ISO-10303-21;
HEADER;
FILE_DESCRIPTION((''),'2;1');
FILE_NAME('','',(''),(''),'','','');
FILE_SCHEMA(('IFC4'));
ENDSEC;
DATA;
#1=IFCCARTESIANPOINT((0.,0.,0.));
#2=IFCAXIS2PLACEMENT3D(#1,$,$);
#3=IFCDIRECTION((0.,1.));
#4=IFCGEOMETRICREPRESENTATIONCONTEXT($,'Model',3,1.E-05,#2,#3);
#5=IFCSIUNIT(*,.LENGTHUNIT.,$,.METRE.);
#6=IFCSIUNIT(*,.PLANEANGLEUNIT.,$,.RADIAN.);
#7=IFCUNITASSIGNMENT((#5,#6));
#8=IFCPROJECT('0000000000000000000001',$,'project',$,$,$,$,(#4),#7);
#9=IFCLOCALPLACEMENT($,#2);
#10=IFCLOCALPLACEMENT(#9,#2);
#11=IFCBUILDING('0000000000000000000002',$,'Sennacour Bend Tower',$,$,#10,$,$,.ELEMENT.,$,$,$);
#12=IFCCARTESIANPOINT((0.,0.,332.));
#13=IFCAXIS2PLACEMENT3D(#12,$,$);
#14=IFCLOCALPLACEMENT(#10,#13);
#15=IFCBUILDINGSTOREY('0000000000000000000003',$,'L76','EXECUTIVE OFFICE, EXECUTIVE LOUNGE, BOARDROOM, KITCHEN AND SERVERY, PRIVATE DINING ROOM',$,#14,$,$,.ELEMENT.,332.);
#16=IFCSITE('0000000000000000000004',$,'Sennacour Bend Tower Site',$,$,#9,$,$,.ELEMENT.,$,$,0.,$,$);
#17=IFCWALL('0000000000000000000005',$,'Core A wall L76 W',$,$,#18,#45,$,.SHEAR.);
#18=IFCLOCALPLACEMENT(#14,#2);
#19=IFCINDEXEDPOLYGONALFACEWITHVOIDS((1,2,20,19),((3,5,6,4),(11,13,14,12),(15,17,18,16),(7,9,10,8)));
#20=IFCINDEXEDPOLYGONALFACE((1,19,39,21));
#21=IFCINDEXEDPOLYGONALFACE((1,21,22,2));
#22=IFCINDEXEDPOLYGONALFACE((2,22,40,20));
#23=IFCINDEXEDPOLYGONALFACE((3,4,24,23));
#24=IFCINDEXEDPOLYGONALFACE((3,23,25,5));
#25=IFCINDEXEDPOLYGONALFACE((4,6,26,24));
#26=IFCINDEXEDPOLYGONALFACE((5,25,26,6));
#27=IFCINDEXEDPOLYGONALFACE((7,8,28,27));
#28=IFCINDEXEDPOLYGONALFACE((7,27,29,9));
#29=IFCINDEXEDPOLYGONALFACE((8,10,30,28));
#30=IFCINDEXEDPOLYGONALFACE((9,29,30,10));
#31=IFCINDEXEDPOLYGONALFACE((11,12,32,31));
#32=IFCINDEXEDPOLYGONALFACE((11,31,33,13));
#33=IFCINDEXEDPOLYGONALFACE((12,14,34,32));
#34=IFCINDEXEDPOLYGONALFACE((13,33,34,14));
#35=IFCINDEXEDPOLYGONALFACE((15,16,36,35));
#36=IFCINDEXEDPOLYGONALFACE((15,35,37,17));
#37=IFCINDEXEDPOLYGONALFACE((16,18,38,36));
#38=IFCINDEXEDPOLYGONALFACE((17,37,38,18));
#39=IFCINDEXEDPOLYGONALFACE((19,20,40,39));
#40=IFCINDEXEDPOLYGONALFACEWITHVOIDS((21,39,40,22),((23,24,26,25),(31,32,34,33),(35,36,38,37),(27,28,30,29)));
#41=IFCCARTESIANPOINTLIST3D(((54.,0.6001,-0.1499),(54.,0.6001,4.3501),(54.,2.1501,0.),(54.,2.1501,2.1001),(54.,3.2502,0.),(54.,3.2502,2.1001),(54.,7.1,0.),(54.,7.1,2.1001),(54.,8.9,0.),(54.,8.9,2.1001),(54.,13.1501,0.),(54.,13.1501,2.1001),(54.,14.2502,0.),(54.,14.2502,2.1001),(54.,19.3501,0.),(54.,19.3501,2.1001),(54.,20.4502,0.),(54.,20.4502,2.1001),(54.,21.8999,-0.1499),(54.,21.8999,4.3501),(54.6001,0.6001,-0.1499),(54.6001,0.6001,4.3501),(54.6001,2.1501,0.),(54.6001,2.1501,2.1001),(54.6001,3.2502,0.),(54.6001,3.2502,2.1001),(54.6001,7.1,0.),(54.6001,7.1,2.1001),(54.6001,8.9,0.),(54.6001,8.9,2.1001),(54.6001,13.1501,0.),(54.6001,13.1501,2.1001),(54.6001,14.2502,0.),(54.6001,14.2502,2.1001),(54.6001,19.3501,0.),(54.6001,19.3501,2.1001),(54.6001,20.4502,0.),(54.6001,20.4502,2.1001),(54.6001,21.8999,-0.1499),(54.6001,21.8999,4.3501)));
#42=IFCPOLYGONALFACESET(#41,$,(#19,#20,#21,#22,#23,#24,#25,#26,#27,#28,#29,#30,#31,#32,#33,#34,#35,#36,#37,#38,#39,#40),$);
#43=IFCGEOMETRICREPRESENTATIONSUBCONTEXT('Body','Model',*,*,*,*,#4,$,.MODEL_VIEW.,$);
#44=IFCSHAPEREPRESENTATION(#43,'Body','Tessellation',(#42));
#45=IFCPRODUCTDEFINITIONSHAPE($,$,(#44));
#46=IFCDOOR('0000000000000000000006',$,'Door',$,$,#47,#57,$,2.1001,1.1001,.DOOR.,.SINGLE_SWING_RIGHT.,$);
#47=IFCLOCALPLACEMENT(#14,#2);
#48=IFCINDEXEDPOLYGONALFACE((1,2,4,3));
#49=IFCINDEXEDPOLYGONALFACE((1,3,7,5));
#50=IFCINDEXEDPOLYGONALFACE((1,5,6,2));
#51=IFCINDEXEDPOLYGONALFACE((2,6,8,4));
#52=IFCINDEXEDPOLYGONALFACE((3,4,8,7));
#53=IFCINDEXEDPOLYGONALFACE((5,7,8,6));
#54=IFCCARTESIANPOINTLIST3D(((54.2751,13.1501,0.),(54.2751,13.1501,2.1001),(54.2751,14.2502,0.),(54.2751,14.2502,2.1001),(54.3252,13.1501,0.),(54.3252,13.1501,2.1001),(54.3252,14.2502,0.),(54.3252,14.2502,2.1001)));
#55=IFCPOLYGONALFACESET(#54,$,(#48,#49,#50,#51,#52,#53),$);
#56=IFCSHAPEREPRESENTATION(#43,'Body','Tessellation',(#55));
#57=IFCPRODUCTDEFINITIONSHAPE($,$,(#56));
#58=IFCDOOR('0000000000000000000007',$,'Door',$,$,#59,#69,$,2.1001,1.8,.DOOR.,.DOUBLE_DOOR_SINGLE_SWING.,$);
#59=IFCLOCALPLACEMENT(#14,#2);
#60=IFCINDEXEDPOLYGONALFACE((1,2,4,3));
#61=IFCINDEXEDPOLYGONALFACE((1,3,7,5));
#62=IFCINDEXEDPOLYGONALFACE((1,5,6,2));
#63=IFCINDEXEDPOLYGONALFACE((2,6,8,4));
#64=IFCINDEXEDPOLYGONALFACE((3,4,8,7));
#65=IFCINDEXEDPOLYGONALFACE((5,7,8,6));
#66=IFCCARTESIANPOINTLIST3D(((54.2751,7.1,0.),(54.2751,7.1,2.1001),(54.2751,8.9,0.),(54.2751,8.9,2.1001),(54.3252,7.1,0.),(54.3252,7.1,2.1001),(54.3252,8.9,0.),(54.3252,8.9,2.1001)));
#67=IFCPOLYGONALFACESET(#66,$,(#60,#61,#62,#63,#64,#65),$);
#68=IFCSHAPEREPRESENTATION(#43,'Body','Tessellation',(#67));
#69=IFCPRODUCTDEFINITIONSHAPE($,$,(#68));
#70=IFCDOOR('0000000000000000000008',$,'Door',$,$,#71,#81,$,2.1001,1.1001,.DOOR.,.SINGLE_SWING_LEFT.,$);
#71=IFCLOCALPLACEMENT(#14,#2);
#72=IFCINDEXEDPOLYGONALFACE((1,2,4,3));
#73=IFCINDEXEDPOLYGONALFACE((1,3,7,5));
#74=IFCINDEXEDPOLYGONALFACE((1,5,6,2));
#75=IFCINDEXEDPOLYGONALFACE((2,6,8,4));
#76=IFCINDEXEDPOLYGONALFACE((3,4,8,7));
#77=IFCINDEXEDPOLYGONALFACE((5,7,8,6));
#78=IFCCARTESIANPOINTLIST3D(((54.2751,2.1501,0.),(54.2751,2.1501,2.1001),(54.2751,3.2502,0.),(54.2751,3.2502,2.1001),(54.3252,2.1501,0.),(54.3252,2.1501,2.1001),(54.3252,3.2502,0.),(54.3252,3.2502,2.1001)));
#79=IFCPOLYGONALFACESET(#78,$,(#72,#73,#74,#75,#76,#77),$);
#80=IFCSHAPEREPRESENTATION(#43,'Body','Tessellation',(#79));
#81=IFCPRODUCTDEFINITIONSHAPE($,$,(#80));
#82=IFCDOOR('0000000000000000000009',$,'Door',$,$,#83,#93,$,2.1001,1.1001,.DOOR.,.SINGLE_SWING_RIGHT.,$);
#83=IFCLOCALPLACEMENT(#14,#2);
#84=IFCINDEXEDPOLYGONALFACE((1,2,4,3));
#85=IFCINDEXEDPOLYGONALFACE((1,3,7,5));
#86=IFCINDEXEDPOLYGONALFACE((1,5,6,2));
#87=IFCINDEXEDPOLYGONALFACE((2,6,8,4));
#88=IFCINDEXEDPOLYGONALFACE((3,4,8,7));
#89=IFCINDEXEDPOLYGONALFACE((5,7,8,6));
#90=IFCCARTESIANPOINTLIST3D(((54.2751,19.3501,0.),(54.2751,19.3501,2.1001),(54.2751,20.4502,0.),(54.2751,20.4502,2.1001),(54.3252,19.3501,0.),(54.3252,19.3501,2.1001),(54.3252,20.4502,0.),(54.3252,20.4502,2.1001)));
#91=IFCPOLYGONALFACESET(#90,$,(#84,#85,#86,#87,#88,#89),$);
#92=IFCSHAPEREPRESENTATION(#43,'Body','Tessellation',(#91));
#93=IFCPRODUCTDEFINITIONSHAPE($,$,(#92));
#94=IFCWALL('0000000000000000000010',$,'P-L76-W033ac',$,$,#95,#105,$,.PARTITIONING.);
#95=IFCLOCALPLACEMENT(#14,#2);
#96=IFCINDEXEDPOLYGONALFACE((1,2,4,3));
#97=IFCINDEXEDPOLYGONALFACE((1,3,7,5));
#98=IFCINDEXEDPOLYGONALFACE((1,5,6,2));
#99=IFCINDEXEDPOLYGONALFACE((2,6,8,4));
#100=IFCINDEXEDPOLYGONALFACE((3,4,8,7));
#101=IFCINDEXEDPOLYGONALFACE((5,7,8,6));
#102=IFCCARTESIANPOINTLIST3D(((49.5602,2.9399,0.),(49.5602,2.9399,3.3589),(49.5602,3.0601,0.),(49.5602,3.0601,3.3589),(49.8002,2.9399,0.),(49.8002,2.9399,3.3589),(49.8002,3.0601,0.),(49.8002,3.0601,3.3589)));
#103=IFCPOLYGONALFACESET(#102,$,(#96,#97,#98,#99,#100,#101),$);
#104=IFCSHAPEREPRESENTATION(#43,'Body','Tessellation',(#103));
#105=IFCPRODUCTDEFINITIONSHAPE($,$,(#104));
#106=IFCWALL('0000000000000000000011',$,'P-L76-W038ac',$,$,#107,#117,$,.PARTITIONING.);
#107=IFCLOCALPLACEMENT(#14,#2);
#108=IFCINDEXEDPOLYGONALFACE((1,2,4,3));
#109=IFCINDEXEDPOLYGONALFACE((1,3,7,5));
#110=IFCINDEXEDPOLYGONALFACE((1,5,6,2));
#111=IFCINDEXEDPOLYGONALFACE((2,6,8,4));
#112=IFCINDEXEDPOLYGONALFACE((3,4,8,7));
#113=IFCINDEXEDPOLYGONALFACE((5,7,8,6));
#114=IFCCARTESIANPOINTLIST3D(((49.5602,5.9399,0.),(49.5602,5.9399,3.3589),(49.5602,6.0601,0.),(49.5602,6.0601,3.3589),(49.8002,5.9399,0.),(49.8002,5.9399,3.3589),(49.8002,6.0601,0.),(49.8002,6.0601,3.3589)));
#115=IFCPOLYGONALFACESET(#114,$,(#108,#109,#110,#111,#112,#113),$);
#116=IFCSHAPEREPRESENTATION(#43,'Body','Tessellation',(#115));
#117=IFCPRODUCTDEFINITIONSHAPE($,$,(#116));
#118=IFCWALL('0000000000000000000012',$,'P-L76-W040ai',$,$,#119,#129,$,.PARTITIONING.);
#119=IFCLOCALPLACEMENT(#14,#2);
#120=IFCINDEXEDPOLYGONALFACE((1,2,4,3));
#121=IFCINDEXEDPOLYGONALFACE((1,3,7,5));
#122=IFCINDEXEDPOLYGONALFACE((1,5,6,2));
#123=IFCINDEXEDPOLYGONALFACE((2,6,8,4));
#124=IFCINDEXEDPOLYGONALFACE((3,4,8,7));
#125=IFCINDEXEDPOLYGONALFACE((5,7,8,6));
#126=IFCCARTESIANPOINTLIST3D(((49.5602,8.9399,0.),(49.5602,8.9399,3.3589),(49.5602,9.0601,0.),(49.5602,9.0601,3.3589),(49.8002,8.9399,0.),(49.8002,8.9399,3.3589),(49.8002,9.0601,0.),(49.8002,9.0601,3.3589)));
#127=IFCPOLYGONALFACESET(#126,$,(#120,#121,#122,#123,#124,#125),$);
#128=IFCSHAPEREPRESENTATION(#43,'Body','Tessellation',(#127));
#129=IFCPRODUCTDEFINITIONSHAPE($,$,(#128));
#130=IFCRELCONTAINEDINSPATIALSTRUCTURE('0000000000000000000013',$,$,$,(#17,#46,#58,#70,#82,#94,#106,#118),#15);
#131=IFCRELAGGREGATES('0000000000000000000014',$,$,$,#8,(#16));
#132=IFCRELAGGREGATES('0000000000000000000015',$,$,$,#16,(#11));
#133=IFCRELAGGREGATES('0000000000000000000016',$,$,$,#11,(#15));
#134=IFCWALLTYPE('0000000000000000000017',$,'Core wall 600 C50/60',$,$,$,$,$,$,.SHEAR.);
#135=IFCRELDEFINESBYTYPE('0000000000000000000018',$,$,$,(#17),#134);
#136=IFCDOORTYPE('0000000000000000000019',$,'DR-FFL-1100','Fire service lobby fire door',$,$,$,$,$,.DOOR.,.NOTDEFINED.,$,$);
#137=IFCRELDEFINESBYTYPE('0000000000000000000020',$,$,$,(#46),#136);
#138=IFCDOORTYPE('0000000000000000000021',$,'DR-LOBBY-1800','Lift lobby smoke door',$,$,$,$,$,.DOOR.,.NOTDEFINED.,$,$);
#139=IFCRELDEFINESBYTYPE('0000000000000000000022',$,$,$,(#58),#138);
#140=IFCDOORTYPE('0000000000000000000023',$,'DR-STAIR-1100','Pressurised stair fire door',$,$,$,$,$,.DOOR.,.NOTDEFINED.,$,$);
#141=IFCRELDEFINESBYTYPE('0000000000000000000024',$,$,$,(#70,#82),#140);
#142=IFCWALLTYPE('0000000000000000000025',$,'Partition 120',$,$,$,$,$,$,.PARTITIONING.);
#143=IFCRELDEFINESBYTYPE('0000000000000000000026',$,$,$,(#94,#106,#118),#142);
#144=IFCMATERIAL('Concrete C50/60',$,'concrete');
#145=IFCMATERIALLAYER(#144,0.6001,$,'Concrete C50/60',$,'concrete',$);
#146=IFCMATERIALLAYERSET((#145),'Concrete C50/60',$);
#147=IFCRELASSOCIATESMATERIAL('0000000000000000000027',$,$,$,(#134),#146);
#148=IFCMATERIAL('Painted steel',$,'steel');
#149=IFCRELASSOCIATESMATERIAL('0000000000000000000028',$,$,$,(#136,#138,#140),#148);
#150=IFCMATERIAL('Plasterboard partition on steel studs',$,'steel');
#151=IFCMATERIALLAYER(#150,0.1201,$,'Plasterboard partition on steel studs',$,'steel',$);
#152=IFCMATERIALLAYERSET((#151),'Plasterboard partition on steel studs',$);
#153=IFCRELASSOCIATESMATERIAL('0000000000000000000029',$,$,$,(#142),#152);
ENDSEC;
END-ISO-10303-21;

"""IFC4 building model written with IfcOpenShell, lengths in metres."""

from ifc_helpers import new_model, si_unit, direction, frame, frame_2d, origin, place, context, subcontext, project, spatial, rectangle, extrude, material, layer, layer_set, type_object, element, fill, save


model = new_model("IFC4")

# Units and contexts
model_context = context("Model", 3, precision=1e-05, world=origin(), true_north=direction((0.0, 1.0)))
body_context = subcontext(model_context, "Body", "Model", "MODEL_VIEW")
ifc_project = project(units=[si_unit("LENGTHUNIT", "METRE"), si_unit("PLANEANGLEUNIT", "RADIAN")], contexts=[model_context])

# Site, building, storey
site_placement = place(None, origin())
site = spatial("IfcSite", under=ifc_project, at=site_placement, Name="Sennacour Bend Tower Site", CompositionType="ELEMENT", RefElevation=0.0)
building_placement = place(site_placement, origin())
building = spatial("IfcBuilding", under=site, at=building_placement, Name="Sennacour Bend Tower", CompositionType="ELEMENT")
storey_placement = place(building_placement, frame((0.0, 0.0, 332.0)))
storey = spatial("IfcBuildingStorey", under=building, at=storey_placement, Name="L76", Description="EXECUTIVE OFFICE, EXECUTIVE LOUNGE, BOARDROOM, KITCHEN AND SERVERY, PRIVATE DINING ROOM", CompositionType="ELEMENT", Elevation=332.0)

# Wall, openings, doors
ifc_material_1 = material(Name="Concrete C50/60", Category="concrete")
ifc_layer_1 = layer(ifc_material_1, 0.6001, Name="Concrete C50/60", Category="concrete")
ifc_layer_set_1 = layer_set([ifc_layer_1], Name="Concrete C50/60")
wall_type_1 = type_object("IfcWallType", Name="Core wall 600 C50/60", PredefinedType="SHEAR", material=ifc_layer_set_1)
wall_1_placement = place(storey_placement, frame((54.3, 0.6001, -0.1499), z_axis=(0.0, 0.0, 1.0), x_axis=(0.0, 1.0, 0.0)))
wall_1 = element("IfcWall", 1, at=wall_1_placement, inside=storey, type_object=wall_type_1, Name="Core A wall L76 W", PredefinedType="SHEAR", context=body_context, shape_type="SweptSolid", body=[
    extrude(rectangle(XDim=21.2998, YDim=0.6001, at=frame_2d((10.6499, 0.0))), origin(), (0.0, 0.0, 1.0), 4.5),
])
opening_1_placement = place(wall_1_placement, frame((6.5, 0.0, 0.1499)))
opening_1 = element("IfcOpeningElement", 2, at=opening_1_placement, cuts=wall_1, PredefinedType="OPENING", context=body_context, shape_type="SweptSolid", body=[
    extrude(rectangle(XDim=1.8, YDim=2.1001, at=frame_2d((0.8999, 1.05))), frame((0.0, 0.3101, 0.0), z_axis=(0.0, -1.0, 0.0), x_axis=(1.0, 0.0, 0.0)), (0.0, 0.0, 1.0), 0.6201),
])
opening_2_placement = place(wall_1_placement, frame((12.55, 0.0, 0.1499)))
opening_2 = element("IfcOpeningElement", 3, at=opening_2_placement, cuts=wall_1, PredefinedType="OPENING", context=body_context, shape_type="SweptSolid", body=[
    extrude(rectangle(XDim=1.1001, YDim=2.1001, at=frame_2d((0.55, 1.05))), frame((0.0, 0.3101, 0.0), z_axis=(0.0, -1.0, 0.0), x_axis=(1.0, 0.0, 0.0)), (0.0, 0.0, 1.0), 0.6201),
])
opening_3_placement = place(wall_1_placement, frame((1.55, 0.0, 0.1499)))
opening_3 = element("IfcOpeningElement", 4, at=opening_3_placement, cuts=wall_1, PredefinedType="OPENING", context=body_context, shape_type="SweptSolid", body=[
    extrude(rectangle(XDim=1.1001, YDim=2.1001, at=frame_2d((0.55, 1.05))), frame((0.0, 0.3101, 0.0), z_axis=(0.0, -1.0, 0.0), x_axis=(1.0, 0.0, 0.0)), (0.0, 0.0, 1.0), 0.6201),
])
opening_4_placement = place(wall_1_placement, frame((18.75, 0.0, 0.1499)))
opening_4 = element("IfcOpeningElement", 5, at=opening_4_placement, cuts=wall_1, PredefinedType="OPENING", context=body_context, shape_type="SweptSolid", body=[
    extrude(rectangle(XDim=1.1001, YDim=2.1001, at=frame_2d((0.55, 1.05))), frame((0.0, 0.3101, 0.0), z_axis=(0.0, -1.0, 0.0), x_axis=(1.0, 0.0, 0.0)), (0.0, 0.0, 1.0), 0.6201),
])
ifc_material_2 = material(Name="Painted steel", Category="steel")
door_type_1 = type_object("IfcDoorType", Name="DR-FFL-1100", Description="Fire service lobby fire door", OperationType="NOTDEFINED", PredefinedType="DOOR", material=ifc_material_2)
door_1_placement = place(opening_2_placement, origin())
door_1 = element("IfcDoor", 6, at=door_1_placement, inside=storey, type_object=door_type_1, Name="Door", OperationType="SINGLE_SWING_RIGHT", OverallHeight=2.1001, OverallWidth=1.1001, PredefinedType="DOOR", context=body_context, shape_type="SweptSolid", body=[
    extrude(rectangle(XDim=1.1001, YDim=2.1001, at=frame_2d((0.55, 1.05))), frame((0.0, 0.0249, 0.0), z_axis=(0.0, -1.0, 0.0), x_axis=(1.0, 0.0, 0.0)), (0.0, 0.0, 1.0), 0.05),
])
fill(opening_2, door_1)
door_type_2 = type_object("IfcDoorType", Name="DR-LOBBY-1800", Description="Lift lobby smoke door", OperationType="NOTDEFINED", PredefinedType="DOOR", material=ifc_material_2)
door_2_placement = place(opening_1_placement, origin())
door_2 = element("IfcDoor", 7, at=door_2_placement, inside=storey, type_object=door_type_2, Name="Door", OperationType="DOUBLE_DOOR_SINGLE_SWING", OverallHeight=2.1001, OverallWidth=1.8, PredefinedType="DOOR", context=body_context, shape_type="SweptSolid", body=[
    extrude(rectangle(XDim=1.8, YDim=2.1001, at=frame_2d((0.8999, 1.05))), frame((0.0, 0.0249, 0.0), z_axis=(0.0, -1.0, 0.0), x_axis=(1.0, 0.0, 0.0)), (0.0, 0.0, 1.0), 0.05),
])
fill(opening_1, door_2)
door_type_3 = type_object("IfcDoorType", Name="DR-STAIR-1100", Description="Pressurised stair fire door", OperationType="NOTDEFINED", PredefinedType="DOOR", material=ifc_material_2)
door_3_placement = place(opening_3_placement, origin())
door_3 = element("IfcDoor", 8, at=door_3_placement, inside=storey, type_object=door_type_3, Name="Door", OperationType="SINGLE_SWING_LEFT", OverallHeight=2.1001, OverallWidth=1.1001, PredefinedType="DOOR", context=body_context, shape_type="SweptSolid", body=[
    extrude(rectangle(XDim=1.1001, YDim=2.1001, at=frame_2d((0.55, 1.05))), frame((0.0, 0.0249, 0.0), z_axis=(0.0, -1.0, 0.0), x_axis=(1.0, 0.0, 0.0)), (0.0, 0.0, 1.0), 0.05),
])
fill(opening_3, door_3)
door_4_placement = place(opening_4_placement, origin())
door_4 = element("IfcDoor", 9, at=door_4_placement, inside=storey, type_object=door_type_3, Name="Door", OperationType="SINGLE_SWING_RIGHT", OverallHeight=2.1001, OverallWidth=1.1001, PredefinedType="DOOR", context=body_context, shape_type="SweptSolid", body=[
    extrude(rectangle(XDim=1.1001, YDim=2.1001, at=frame_2d((0.55, 1.05))), frame((0.0, 0.0249, 0.0), z_axis=(0.0, -1.0, 0.0), x_axis=(1.0, 0.0, 0.0)), (0.0, 0.0, 1.0), 0.05),
])
fill(opening_4, door_4)

# Walls
ifc_material_3 = material(Name="Plasterboard partition on steel studs", Category="steel")
ifc_layer_2 = layer(ifc_material_3, 0.1201, Name="Plasterboard partition on steel studs", Category="steel")
ifc_layer_set_2 = layer_set([ifc_layer_2], Name="Plasterboard partition on steel studs")
wall_type_2 = type_object("IfcWallType", Name="Partition 120", PredefinedType="PARTITIONING", material=ifc_layer_set_2)
for number, where, z_axis, x_axis, name in (
    (10, (49.5601, 3.0, 0.0), (0.0, 0.0, 1.0), (1.0, 0.0, 0.0), "P-L76-W033ac"),
    (11, (49.5601, 6.0, 0.0), (0.0, 0.0, 1.0), (1.0, 0.0, 0.0), "P-L76-W038ac"),
    (12, (49.5601, 9.0, 0.0), (0.0, 0.0, 1.0), (1.0, 0.0, 0.0), "P-L76-W040ai"),
):
    element("IfcWall", number, at=place(storey_placement, frame(where, z_axis=z_axis, x_axis=x_axis)), inside=storey, type_object=wall_type_2, Name=name, PredefinedType="PARTITIONING", context=body_context, shape_type="SweptSolid", body=[
        extrude(rectangle(XDim=0.24, YDim=0.1201, at=frame_2d((0.1201, 0.0))), origin(), (0.0, 0.0, 1.0), 3.3589),
    ])

save(model, "model.ifc")
